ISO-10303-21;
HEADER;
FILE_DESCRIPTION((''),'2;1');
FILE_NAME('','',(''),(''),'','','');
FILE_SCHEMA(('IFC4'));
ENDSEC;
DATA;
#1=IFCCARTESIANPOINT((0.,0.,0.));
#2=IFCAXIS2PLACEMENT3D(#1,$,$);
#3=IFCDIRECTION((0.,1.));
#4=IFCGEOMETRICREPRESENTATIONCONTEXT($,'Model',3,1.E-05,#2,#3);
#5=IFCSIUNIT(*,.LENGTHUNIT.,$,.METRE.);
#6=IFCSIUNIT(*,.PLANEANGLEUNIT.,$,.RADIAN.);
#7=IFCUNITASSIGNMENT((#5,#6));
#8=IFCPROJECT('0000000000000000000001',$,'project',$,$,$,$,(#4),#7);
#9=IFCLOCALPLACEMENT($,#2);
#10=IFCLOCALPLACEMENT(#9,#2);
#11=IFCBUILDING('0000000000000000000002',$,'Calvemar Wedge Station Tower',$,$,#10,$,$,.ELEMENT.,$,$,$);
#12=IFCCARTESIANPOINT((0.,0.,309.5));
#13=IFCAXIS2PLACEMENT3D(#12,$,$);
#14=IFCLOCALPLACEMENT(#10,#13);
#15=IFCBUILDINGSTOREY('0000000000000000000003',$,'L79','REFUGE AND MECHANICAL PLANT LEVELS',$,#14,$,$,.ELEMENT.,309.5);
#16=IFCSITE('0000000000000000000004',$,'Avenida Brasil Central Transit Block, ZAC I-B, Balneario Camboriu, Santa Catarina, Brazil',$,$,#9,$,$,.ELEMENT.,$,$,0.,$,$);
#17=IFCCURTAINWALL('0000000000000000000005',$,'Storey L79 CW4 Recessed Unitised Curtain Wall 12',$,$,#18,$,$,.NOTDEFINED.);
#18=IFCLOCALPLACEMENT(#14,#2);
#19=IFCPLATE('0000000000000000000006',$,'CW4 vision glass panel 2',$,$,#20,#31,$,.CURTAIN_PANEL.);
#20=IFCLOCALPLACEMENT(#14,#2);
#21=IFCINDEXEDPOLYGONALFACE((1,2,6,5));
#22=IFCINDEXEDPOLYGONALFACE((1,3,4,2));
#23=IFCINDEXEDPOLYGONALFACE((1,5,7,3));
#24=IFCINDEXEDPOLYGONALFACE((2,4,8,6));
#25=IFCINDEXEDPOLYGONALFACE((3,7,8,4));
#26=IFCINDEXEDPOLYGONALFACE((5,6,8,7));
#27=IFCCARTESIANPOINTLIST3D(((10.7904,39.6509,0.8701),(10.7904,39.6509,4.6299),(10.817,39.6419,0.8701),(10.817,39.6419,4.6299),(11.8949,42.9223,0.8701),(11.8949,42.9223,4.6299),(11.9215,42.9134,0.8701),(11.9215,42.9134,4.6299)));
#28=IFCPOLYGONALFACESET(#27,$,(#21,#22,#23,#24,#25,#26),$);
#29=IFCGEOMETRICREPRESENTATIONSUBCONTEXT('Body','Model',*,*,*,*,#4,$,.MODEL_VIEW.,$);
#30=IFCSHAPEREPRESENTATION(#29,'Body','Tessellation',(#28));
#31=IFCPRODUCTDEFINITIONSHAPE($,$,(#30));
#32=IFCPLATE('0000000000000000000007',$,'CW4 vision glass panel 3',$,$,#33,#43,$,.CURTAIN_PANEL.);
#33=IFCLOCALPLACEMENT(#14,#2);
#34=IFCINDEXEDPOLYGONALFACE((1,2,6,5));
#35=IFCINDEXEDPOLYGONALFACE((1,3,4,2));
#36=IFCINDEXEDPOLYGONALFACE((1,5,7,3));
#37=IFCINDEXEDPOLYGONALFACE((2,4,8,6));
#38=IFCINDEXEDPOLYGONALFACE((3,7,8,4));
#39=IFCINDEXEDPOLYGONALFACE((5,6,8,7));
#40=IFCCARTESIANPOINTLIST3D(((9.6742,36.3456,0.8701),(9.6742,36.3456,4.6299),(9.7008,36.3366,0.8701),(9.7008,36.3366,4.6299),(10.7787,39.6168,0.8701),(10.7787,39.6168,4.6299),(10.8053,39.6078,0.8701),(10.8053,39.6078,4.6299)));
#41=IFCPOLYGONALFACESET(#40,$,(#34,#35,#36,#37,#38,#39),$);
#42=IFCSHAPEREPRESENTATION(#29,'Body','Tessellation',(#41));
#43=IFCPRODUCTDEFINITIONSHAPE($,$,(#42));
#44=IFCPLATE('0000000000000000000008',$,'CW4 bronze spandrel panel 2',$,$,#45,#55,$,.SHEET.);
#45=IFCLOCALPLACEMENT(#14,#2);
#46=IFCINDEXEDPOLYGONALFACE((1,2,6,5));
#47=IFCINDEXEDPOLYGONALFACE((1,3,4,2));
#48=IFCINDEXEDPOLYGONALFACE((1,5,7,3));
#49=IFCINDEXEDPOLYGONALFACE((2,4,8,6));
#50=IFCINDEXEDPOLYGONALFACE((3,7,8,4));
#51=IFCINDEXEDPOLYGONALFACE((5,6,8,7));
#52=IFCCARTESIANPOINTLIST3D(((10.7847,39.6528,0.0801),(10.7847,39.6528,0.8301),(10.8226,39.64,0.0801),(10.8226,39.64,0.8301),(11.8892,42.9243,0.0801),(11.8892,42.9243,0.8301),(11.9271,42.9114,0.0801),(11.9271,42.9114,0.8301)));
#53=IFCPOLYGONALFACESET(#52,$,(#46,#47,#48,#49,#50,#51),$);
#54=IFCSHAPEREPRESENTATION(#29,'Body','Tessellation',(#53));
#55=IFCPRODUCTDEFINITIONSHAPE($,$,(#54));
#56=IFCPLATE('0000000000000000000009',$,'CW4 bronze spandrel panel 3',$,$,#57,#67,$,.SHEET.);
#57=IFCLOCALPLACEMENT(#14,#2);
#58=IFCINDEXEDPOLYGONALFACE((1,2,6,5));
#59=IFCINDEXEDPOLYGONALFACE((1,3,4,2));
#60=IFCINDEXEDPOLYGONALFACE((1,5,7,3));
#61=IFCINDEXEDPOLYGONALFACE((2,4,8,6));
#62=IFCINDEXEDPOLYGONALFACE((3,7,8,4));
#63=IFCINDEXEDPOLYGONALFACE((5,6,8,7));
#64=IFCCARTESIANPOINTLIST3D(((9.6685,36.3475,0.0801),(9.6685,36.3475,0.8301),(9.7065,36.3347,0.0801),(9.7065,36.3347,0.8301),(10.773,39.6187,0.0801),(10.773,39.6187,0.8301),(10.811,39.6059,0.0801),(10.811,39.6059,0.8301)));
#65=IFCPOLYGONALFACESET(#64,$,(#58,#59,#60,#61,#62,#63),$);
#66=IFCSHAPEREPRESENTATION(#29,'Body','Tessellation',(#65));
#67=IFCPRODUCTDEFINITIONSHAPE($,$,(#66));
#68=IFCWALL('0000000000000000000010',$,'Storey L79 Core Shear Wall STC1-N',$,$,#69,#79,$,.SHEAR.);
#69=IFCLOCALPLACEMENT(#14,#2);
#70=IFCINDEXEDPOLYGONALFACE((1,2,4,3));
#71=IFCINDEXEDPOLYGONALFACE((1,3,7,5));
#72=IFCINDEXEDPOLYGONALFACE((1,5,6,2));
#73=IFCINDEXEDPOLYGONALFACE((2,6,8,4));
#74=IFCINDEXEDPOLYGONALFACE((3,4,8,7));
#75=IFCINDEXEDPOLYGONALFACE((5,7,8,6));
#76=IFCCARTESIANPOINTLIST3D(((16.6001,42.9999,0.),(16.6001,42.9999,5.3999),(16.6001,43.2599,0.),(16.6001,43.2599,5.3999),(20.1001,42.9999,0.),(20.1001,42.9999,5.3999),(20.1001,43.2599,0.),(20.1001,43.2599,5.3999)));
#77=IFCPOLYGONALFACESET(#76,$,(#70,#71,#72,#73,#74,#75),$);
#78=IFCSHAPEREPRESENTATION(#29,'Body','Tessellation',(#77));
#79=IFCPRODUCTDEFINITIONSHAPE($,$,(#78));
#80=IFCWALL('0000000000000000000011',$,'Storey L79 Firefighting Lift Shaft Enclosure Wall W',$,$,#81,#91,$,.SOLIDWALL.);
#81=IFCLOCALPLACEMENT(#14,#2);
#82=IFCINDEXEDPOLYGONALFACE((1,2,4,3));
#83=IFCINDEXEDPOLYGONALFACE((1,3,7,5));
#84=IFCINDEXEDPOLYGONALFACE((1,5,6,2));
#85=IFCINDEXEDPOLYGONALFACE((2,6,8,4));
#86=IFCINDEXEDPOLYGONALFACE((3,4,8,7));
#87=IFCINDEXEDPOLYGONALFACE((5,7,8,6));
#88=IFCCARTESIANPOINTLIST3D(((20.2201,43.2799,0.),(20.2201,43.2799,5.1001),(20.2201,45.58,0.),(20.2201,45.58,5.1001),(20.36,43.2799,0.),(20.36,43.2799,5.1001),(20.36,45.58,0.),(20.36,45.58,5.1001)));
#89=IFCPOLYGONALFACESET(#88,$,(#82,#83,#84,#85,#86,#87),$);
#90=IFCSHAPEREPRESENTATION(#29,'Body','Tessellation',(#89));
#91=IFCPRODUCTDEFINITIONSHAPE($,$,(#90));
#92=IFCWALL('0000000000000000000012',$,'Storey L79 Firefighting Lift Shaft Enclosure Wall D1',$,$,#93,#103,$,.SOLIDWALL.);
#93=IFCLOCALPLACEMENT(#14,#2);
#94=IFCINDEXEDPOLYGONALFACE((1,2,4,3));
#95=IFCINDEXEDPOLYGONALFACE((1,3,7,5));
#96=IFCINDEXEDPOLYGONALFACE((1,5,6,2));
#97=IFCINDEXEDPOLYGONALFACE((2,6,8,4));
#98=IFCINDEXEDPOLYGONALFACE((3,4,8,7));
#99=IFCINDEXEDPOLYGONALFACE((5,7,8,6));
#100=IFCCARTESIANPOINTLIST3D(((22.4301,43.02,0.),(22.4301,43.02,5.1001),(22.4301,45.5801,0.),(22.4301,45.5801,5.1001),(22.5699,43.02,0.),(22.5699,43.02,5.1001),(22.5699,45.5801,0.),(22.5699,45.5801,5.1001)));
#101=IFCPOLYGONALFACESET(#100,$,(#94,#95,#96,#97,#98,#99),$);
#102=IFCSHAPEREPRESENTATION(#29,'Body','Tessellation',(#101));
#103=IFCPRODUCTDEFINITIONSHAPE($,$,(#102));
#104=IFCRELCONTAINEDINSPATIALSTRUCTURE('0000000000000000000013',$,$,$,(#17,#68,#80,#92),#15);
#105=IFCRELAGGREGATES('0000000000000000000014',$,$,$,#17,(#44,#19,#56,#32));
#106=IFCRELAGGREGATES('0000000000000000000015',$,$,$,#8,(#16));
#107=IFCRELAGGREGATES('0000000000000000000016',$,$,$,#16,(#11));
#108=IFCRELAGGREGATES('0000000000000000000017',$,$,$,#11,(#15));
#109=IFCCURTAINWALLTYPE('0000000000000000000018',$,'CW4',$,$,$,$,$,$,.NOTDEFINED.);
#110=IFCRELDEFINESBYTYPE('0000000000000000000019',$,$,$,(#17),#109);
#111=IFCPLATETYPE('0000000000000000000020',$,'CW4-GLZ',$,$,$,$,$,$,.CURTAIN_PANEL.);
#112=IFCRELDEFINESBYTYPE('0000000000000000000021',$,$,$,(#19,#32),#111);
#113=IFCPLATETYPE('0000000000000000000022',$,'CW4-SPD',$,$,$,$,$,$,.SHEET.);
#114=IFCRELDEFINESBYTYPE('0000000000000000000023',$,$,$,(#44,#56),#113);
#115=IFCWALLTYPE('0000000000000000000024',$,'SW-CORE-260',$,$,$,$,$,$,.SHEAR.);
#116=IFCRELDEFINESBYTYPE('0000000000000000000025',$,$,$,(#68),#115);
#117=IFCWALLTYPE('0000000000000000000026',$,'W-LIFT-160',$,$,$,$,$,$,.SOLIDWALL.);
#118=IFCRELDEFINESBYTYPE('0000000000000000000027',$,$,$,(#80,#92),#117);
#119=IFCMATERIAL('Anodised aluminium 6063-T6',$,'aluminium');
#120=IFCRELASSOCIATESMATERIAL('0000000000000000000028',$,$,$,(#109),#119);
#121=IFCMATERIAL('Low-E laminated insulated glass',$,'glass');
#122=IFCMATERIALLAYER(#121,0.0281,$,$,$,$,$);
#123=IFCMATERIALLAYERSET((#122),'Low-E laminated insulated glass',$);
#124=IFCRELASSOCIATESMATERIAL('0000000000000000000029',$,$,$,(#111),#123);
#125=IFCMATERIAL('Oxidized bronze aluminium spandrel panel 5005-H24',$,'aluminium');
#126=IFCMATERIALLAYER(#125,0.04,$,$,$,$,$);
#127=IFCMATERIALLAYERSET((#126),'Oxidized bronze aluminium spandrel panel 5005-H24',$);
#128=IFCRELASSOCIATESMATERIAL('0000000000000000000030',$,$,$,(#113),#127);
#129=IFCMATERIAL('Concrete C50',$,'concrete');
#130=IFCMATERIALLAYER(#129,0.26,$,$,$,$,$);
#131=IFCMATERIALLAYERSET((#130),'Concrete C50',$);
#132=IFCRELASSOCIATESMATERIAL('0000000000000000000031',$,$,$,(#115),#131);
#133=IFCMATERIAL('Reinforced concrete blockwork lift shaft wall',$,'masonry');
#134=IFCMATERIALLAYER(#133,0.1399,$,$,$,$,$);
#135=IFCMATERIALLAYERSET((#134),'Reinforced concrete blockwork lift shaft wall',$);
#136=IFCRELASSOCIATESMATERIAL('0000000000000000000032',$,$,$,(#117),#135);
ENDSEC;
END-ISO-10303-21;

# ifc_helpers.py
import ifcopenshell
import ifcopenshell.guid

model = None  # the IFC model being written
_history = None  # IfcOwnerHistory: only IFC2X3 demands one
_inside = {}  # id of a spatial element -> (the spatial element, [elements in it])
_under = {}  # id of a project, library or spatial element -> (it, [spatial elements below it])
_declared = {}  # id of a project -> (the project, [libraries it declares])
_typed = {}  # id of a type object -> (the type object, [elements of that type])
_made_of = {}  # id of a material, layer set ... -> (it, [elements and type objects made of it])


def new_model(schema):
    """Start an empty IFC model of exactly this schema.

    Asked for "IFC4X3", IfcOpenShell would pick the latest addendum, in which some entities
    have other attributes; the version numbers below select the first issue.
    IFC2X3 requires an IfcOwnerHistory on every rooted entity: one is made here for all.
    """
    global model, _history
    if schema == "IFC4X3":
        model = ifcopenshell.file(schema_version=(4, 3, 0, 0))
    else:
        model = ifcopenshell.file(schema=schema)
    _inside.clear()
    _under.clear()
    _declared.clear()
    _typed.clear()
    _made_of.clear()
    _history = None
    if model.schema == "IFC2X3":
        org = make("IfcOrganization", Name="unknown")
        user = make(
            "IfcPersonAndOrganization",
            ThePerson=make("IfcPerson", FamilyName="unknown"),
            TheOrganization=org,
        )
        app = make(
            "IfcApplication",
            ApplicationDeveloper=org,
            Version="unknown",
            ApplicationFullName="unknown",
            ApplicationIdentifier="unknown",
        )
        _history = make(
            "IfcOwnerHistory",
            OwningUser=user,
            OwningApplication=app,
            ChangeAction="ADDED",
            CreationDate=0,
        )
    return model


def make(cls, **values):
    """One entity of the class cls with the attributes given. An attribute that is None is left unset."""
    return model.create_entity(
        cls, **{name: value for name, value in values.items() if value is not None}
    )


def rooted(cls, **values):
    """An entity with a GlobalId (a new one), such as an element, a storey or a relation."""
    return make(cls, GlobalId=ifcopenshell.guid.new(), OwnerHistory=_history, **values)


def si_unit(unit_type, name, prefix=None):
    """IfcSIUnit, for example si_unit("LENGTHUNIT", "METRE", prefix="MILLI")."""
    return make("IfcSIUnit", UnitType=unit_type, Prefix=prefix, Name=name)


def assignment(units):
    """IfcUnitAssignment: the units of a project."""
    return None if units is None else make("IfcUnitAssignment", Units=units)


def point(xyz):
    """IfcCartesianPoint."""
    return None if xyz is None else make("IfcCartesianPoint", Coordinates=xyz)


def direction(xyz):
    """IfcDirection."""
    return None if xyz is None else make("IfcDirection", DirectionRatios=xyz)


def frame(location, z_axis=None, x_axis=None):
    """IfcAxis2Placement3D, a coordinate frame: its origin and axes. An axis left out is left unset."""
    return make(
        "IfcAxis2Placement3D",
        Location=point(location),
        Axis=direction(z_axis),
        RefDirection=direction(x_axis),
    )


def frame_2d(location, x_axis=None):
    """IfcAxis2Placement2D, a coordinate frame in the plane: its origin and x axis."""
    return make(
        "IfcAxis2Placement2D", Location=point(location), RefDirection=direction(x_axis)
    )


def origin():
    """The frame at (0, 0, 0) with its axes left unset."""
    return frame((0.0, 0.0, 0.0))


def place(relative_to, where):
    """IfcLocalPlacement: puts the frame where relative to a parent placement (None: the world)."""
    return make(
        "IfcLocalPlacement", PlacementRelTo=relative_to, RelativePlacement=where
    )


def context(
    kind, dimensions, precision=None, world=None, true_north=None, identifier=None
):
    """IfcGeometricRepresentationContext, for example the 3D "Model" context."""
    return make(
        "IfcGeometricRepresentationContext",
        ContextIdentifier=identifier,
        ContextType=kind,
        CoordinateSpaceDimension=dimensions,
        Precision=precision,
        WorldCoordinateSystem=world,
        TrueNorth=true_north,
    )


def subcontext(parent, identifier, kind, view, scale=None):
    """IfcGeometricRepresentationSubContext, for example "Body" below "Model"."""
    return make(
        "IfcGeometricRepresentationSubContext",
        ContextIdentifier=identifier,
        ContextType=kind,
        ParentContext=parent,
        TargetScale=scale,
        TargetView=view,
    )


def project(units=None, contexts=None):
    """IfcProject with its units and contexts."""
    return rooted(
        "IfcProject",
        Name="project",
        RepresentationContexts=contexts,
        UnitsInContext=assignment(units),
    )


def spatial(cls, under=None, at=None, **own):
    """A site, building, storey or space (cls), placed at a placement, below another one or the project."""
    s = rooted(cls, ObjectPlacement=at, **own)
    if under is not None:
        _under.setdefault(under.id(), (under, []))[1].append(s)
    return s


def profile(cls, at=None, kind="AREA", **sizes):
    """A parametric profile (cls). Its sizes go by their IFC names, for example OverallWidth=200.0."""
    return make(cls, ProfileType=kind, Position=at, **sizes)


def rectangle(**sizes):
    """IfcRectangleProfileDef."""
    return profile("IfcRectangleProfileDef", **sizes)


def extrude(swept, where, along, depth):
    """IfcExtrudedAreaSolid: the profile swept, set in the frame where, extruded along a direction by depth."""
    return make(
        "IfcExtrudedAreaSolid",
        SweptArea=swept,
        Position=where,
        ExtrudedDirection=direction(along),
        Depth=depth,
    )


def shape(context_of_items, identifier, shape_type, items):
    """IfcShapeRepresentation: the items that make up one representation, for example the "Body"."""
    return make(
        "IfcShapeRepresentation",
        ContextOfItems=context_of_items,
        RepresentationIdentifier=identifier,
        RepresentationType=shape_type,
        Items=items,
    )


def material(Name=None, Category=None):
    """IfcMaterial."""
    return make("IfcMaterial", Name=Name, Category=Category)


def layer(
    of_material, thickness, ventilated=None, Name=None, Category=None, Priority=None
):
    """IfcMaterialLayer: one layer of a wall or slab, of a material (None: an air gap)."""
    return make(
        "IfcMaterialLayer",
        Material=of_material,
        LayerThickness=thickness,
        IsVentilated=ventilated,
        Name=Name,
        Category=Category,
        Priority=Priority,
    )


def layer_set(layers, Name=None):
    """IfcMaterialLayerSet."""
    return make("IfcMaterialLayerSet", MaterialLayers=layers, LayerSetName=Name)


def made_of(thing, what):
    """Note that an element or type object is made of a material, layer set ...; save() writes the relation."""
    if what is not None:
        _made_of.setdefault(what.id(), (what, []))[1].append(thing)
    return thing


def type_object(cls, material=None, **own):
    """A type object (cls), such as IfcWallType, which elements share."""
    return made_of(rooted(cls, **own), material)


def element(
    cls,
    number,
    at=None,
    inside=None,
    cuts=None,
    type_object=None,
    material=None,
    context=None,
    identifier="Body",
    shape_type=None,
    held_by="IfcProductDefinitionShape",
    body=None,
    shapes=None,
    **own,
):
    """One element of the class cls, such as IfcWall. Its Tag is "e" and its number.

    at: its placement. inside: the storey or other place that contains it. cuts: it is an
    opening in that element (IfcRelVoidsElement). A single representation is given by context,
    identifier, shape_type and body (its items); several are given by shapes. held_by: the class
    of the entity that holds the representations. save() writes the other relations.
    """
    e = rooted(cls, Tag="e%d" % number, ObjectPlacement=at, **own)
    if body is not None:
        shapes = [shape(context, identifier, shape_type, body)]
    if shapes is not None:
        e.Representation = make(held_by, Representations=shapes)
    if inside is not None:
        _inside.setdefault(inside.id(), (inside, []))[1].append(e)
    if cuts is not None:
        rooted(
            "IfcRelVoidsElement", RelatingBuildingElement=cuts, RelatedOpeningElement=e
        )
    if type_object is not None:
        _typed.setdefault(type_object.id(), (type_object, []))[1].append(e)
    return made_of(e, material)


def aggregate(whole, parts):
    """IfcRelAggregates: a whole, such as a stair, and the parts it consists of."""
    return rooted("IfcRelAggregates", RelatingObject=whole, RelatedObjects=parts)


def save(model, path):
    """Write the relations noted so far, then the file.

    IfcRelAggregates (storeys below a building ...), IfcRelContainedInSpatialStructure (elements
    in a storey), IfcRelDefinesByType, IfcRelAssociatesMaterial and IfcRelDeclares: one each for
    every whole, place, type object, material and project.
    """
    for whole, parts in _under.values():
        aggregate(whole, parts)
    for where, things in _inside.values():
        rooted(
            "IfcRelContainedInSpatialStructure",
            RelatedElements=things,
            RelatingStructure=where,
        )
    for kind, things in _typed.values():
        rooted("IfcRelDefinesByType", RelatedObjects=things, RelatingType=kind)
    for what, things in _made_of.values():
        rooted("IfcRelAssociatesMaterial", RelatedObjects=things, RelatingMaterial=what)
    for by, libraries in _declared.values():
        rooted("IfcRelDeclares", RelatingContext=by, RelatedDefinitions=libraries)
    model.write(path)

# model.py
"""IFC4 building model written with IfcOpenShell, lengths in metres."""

from ifc_helpers import new_model, si_unit, direction, frame, frame_2d, origin, place, context, subcontext, project, spatial, rectangle, extrude, material, layer, layer_set, type_object, element, aggregate, save


model = new_model("IFC4")

# Units and contexts
model_context = context("Model", 3, precision=1e-05, world=origin(), true_north=direction((0.0, 1.0)))
body_context = subcontext(model_context, "Body", "Model", "MODEL_VIEW")
ifc_project = project(units=[si_unit("LENGTHUNIT", "METRE"), si_unit("PLANEANGLEUNIT", "RADIAN")], contexts=[model_context])

# Site, building, storey
site_placement = place(None, origin())
site = spatial("IfcSite", under=ifc_project, at=site_placement, Name="Avenida Brasil Central Transit Block, ZAC I-B, Balneario Camboriu, Santa Catarina, Brazil", CompositionType="ELEMENT", RefElevation=0.0)
building_placement = place(site_placement, origin())
building = spatial("IfcBuilding", under=site, at=building_placement, Name="Calvemar Wedge Station Tower", CompositionType="ELEMENT")
storey_placement = place(building_placement, frame((0.0, 0.0, 309.5)))
storey = spatial("IfcBuildingStorey", under=building, at=storey_placement, Name="L79", Description="REFUGE AND MECHANICAL PLANT LEVELS", CompositionType="ELEMENT", Elevation=309.5)

# Shared definitions
ifc_material_1 = material(Name="Concrete C50", Category="concrete")

# Curtain wall, plates
ifc_material_2 = material(Name="Anodised aluminium 6063-T6", Category="aluminium")
curtain_wall_type = type_object("IfcCurtainWallType", Name="CW4", PredefinedType="NOTDEFINED", material=ifc_material_2)
curtain_wall_placement = place(storey_placement, origin())
curtain_wall = element("IfcCurtainWall", 1, at=curtain_wall_placement, inside=storey, type_object=curtain_wall_type, Name="Storey L79 CW4 Recessed Unitised Curtain Wall 12", PredefinedType="NOTDEFINED")
ifc_material_3 = material(Name="Low-E laminated insulated glass", Category="glass")
ifc_layer_1 = layer(ifc_material_3, 0.0281)
ifc_layer_set_1 = layer_set([ifc_layer_1], Name="Low-E laminated insulated glass")
plate_type_1 = type_object("IfcPlateType", Name="CW4-GLZ", PredefinedType="CURTAIN_PANEL", material=ifc_layer_set_1)
plate_1_placement = place(storey_placement, frame((11.9082, 42.918, 0.8701), z_axis=(0.0, 0.0, 1.0), x_axis=(-0.319874, -0.94746, 0.0)))
plate_1 = element("IfcPlate", 2, at=plate_1_placement, type_object=plate_type_1, Name="CW4 vision glass panel 2", PredefinedType="CURTAIN_PANEL", context=body_context, shape_type="SweptSolid", body=[
    extrude(rectangle(XDim=3.4529, YDim=0.0281, at=frame_2d((1.7266, 0.0))), origin(), (0.0, 0.0, 1.0), 3.7598),
])
plate_2_placement = place(storey_placement, frame((10.792, 39.6123, 0.8701), z_axis=(0.0, 0.0, 1.0), x_axis=(-0.319895, -0.947453, 0.0)))
plate_2 = element("IfcPlate", 3, at=plate_2_placement, type_object=plate_type_1, Name="CW4 vision glass panel 3", PredefinedType="CURTAIN_PANEL", context=body_context, shape_type="SweptSolid", body=[
    extrude(rectangle(XDim=3.4526, YDim=0.0281, at=frame_2d((1.7263, 0.0))), origin(), (0.0, 0.0, 1.0), 3.7598),
])
ifc_material_4 = material(Name="Oxidized bronze aluminium spandrel panel 5005-H24", Category="aluminium")
ifc_layer_2 = layer(ifc_material_4, 0.04)
ifc_layer_set_2 = layer_set([ifc_layer_2], Name="Oxidized bronze aluminium spandrel panel 5005-H24")
plate_type_2 = type_object("IfcPlateType", Name="CW4-SPD", PredefinedType="SHEET", material=ifc_layer_set_2)
plate_3_placement = place(storey_placement, frame((11.9082, 42.918, 0.0801), z_axis=(0.0, 0.0, 1.0), x_axis=(-0.319874, -0.94746, 0.0)))
plate_3 = element("IfcPlate", 4, at=plate_3_placement, type_object=plate_type_2, Name="CW4 bronze spandrel panel 2", PredefinedType="SHEET", context=body_context, shape_type="SweptSolid", body=[
    extrude(rectangle(XDim=3.4529, YDim=0.04, at=frame_2d((1.7266, 0.0))), origin(), (0.0, 0.0, 1.0), 0.75),
])
plate_4_placement = place(storey_placement, frame((10.792, 39.6123, 0.0801), z_axis=(0.0, 0.0, 1.0), x_axis=(-0.319895, -0.947453, 0.0)))
plate_4 = element("IfcPlate", 5, at=plate_4_placement, type_object=plate_type_2, Name="CW4 bronze spandrel panel 3", PredefinedType="SHEET", context=body_context, shape_type="SweptSolid", body=[
    extrude(rectangle(XDim=3.4526, YDim=0.04, at=frame_2d((1.7263, 0.0))), origin(), (0.0, 0.0, 1.0), 0.75),
])
aggregate(curtain_wall, [plate_3, plate_1, plate_4, plate_2])

# Wall
ifc_layer_3 = layer(ifc_material_1, 0.26)
ifc_layer_set_3 = layer_set([ifc_layer_3], Name="Concrete C50")
wall_type_1 = type_object("IfcWallType", Name="SW-CORE-260", PredefinedType="SHEAR", material=ifc_layer_set_3)
wall_1_placement = place(storey_placement, frame((16.6001, 43.1299, 0.0), z_axis=(0.0, 0.0, 1.0), x_axis=(1.0, 0.0, 0.0)))
element("IfcWall", 6, at=wall_1_placement, inside=storey, type_object=wall_type_1, Name="Storey L79 Core Shear Wall STC1-N", PredefinedType="SHEAR", context=body_context, shape_type="SweptSolid", body=[
    extrude(rectangle(XDim=3.5, YDim=0.26, at=frame_2d((1.75, 0.0))), origin(), (0.0, 0.0, 1.0), 5.3999),
])

# Shared definitions
ifc_material_5 = material(Name="Reinforced concrete blockwork lift shaft wall", Category="masonry")
ifc_layer_4 = layer(ifc_material_5, 0.1399)
ifc_layer_set_4 = layer_set([ifc_layer_4], Name="Reinforced concrete blockwork lift shaft wall")
wall_type_2 = type_object("IfcWallType", Name="W-LIFT-160", PredefinedType="SOLIDWALL", material=ifc_layer_set_4)

# Walls
wall_2_placement = place(storey_placement, frame((20.29, 43.28, 0.0), z_axis=(0.0, 0.0, 1.0), x_axis=(0.0, 1.0, 0.0)))
element("IfcWall", 7, at=wall_2_placement, inside=storey, type_object=wall_type_2, Name="Storey L79 Firefighting Lift Shaft Enclosure Wall W", PredefinedType="SOLIDWALL", context=body_context, shape_type="SweptSolid", body=[
    extrude(rectangle(XDim=2.3, YDim=0.1399, at=frame_2d((1.1499, 0.0))), origin(), (0.0, 0.0, 1.0), 5.1001),
])
wall_3_placement = place(storey_placement, frame((22.5, 43.02, 0.0), z_axis=(0.0, 0.0, 1.0), x_axis=(0.0, 1.0, 0.0)))
element("IfcWall", 8, at=wall_3_placement, inside=storey, type_object=wall_type_2, Name="Storey L79 Firefighting Lift Shaft Enclosure Wall D1", PredefinedType="SOLIDWALL", context=body_context, shape_type="SweptSolid", body=[
    extrude(rectangle(XDim=2.5601, YDim=0.1399, at=frame_2d((1.28, 0.0))), origin(), (0.0, 0.0, 1.0), 5.1001),
])

save(model, "model.ifc")
